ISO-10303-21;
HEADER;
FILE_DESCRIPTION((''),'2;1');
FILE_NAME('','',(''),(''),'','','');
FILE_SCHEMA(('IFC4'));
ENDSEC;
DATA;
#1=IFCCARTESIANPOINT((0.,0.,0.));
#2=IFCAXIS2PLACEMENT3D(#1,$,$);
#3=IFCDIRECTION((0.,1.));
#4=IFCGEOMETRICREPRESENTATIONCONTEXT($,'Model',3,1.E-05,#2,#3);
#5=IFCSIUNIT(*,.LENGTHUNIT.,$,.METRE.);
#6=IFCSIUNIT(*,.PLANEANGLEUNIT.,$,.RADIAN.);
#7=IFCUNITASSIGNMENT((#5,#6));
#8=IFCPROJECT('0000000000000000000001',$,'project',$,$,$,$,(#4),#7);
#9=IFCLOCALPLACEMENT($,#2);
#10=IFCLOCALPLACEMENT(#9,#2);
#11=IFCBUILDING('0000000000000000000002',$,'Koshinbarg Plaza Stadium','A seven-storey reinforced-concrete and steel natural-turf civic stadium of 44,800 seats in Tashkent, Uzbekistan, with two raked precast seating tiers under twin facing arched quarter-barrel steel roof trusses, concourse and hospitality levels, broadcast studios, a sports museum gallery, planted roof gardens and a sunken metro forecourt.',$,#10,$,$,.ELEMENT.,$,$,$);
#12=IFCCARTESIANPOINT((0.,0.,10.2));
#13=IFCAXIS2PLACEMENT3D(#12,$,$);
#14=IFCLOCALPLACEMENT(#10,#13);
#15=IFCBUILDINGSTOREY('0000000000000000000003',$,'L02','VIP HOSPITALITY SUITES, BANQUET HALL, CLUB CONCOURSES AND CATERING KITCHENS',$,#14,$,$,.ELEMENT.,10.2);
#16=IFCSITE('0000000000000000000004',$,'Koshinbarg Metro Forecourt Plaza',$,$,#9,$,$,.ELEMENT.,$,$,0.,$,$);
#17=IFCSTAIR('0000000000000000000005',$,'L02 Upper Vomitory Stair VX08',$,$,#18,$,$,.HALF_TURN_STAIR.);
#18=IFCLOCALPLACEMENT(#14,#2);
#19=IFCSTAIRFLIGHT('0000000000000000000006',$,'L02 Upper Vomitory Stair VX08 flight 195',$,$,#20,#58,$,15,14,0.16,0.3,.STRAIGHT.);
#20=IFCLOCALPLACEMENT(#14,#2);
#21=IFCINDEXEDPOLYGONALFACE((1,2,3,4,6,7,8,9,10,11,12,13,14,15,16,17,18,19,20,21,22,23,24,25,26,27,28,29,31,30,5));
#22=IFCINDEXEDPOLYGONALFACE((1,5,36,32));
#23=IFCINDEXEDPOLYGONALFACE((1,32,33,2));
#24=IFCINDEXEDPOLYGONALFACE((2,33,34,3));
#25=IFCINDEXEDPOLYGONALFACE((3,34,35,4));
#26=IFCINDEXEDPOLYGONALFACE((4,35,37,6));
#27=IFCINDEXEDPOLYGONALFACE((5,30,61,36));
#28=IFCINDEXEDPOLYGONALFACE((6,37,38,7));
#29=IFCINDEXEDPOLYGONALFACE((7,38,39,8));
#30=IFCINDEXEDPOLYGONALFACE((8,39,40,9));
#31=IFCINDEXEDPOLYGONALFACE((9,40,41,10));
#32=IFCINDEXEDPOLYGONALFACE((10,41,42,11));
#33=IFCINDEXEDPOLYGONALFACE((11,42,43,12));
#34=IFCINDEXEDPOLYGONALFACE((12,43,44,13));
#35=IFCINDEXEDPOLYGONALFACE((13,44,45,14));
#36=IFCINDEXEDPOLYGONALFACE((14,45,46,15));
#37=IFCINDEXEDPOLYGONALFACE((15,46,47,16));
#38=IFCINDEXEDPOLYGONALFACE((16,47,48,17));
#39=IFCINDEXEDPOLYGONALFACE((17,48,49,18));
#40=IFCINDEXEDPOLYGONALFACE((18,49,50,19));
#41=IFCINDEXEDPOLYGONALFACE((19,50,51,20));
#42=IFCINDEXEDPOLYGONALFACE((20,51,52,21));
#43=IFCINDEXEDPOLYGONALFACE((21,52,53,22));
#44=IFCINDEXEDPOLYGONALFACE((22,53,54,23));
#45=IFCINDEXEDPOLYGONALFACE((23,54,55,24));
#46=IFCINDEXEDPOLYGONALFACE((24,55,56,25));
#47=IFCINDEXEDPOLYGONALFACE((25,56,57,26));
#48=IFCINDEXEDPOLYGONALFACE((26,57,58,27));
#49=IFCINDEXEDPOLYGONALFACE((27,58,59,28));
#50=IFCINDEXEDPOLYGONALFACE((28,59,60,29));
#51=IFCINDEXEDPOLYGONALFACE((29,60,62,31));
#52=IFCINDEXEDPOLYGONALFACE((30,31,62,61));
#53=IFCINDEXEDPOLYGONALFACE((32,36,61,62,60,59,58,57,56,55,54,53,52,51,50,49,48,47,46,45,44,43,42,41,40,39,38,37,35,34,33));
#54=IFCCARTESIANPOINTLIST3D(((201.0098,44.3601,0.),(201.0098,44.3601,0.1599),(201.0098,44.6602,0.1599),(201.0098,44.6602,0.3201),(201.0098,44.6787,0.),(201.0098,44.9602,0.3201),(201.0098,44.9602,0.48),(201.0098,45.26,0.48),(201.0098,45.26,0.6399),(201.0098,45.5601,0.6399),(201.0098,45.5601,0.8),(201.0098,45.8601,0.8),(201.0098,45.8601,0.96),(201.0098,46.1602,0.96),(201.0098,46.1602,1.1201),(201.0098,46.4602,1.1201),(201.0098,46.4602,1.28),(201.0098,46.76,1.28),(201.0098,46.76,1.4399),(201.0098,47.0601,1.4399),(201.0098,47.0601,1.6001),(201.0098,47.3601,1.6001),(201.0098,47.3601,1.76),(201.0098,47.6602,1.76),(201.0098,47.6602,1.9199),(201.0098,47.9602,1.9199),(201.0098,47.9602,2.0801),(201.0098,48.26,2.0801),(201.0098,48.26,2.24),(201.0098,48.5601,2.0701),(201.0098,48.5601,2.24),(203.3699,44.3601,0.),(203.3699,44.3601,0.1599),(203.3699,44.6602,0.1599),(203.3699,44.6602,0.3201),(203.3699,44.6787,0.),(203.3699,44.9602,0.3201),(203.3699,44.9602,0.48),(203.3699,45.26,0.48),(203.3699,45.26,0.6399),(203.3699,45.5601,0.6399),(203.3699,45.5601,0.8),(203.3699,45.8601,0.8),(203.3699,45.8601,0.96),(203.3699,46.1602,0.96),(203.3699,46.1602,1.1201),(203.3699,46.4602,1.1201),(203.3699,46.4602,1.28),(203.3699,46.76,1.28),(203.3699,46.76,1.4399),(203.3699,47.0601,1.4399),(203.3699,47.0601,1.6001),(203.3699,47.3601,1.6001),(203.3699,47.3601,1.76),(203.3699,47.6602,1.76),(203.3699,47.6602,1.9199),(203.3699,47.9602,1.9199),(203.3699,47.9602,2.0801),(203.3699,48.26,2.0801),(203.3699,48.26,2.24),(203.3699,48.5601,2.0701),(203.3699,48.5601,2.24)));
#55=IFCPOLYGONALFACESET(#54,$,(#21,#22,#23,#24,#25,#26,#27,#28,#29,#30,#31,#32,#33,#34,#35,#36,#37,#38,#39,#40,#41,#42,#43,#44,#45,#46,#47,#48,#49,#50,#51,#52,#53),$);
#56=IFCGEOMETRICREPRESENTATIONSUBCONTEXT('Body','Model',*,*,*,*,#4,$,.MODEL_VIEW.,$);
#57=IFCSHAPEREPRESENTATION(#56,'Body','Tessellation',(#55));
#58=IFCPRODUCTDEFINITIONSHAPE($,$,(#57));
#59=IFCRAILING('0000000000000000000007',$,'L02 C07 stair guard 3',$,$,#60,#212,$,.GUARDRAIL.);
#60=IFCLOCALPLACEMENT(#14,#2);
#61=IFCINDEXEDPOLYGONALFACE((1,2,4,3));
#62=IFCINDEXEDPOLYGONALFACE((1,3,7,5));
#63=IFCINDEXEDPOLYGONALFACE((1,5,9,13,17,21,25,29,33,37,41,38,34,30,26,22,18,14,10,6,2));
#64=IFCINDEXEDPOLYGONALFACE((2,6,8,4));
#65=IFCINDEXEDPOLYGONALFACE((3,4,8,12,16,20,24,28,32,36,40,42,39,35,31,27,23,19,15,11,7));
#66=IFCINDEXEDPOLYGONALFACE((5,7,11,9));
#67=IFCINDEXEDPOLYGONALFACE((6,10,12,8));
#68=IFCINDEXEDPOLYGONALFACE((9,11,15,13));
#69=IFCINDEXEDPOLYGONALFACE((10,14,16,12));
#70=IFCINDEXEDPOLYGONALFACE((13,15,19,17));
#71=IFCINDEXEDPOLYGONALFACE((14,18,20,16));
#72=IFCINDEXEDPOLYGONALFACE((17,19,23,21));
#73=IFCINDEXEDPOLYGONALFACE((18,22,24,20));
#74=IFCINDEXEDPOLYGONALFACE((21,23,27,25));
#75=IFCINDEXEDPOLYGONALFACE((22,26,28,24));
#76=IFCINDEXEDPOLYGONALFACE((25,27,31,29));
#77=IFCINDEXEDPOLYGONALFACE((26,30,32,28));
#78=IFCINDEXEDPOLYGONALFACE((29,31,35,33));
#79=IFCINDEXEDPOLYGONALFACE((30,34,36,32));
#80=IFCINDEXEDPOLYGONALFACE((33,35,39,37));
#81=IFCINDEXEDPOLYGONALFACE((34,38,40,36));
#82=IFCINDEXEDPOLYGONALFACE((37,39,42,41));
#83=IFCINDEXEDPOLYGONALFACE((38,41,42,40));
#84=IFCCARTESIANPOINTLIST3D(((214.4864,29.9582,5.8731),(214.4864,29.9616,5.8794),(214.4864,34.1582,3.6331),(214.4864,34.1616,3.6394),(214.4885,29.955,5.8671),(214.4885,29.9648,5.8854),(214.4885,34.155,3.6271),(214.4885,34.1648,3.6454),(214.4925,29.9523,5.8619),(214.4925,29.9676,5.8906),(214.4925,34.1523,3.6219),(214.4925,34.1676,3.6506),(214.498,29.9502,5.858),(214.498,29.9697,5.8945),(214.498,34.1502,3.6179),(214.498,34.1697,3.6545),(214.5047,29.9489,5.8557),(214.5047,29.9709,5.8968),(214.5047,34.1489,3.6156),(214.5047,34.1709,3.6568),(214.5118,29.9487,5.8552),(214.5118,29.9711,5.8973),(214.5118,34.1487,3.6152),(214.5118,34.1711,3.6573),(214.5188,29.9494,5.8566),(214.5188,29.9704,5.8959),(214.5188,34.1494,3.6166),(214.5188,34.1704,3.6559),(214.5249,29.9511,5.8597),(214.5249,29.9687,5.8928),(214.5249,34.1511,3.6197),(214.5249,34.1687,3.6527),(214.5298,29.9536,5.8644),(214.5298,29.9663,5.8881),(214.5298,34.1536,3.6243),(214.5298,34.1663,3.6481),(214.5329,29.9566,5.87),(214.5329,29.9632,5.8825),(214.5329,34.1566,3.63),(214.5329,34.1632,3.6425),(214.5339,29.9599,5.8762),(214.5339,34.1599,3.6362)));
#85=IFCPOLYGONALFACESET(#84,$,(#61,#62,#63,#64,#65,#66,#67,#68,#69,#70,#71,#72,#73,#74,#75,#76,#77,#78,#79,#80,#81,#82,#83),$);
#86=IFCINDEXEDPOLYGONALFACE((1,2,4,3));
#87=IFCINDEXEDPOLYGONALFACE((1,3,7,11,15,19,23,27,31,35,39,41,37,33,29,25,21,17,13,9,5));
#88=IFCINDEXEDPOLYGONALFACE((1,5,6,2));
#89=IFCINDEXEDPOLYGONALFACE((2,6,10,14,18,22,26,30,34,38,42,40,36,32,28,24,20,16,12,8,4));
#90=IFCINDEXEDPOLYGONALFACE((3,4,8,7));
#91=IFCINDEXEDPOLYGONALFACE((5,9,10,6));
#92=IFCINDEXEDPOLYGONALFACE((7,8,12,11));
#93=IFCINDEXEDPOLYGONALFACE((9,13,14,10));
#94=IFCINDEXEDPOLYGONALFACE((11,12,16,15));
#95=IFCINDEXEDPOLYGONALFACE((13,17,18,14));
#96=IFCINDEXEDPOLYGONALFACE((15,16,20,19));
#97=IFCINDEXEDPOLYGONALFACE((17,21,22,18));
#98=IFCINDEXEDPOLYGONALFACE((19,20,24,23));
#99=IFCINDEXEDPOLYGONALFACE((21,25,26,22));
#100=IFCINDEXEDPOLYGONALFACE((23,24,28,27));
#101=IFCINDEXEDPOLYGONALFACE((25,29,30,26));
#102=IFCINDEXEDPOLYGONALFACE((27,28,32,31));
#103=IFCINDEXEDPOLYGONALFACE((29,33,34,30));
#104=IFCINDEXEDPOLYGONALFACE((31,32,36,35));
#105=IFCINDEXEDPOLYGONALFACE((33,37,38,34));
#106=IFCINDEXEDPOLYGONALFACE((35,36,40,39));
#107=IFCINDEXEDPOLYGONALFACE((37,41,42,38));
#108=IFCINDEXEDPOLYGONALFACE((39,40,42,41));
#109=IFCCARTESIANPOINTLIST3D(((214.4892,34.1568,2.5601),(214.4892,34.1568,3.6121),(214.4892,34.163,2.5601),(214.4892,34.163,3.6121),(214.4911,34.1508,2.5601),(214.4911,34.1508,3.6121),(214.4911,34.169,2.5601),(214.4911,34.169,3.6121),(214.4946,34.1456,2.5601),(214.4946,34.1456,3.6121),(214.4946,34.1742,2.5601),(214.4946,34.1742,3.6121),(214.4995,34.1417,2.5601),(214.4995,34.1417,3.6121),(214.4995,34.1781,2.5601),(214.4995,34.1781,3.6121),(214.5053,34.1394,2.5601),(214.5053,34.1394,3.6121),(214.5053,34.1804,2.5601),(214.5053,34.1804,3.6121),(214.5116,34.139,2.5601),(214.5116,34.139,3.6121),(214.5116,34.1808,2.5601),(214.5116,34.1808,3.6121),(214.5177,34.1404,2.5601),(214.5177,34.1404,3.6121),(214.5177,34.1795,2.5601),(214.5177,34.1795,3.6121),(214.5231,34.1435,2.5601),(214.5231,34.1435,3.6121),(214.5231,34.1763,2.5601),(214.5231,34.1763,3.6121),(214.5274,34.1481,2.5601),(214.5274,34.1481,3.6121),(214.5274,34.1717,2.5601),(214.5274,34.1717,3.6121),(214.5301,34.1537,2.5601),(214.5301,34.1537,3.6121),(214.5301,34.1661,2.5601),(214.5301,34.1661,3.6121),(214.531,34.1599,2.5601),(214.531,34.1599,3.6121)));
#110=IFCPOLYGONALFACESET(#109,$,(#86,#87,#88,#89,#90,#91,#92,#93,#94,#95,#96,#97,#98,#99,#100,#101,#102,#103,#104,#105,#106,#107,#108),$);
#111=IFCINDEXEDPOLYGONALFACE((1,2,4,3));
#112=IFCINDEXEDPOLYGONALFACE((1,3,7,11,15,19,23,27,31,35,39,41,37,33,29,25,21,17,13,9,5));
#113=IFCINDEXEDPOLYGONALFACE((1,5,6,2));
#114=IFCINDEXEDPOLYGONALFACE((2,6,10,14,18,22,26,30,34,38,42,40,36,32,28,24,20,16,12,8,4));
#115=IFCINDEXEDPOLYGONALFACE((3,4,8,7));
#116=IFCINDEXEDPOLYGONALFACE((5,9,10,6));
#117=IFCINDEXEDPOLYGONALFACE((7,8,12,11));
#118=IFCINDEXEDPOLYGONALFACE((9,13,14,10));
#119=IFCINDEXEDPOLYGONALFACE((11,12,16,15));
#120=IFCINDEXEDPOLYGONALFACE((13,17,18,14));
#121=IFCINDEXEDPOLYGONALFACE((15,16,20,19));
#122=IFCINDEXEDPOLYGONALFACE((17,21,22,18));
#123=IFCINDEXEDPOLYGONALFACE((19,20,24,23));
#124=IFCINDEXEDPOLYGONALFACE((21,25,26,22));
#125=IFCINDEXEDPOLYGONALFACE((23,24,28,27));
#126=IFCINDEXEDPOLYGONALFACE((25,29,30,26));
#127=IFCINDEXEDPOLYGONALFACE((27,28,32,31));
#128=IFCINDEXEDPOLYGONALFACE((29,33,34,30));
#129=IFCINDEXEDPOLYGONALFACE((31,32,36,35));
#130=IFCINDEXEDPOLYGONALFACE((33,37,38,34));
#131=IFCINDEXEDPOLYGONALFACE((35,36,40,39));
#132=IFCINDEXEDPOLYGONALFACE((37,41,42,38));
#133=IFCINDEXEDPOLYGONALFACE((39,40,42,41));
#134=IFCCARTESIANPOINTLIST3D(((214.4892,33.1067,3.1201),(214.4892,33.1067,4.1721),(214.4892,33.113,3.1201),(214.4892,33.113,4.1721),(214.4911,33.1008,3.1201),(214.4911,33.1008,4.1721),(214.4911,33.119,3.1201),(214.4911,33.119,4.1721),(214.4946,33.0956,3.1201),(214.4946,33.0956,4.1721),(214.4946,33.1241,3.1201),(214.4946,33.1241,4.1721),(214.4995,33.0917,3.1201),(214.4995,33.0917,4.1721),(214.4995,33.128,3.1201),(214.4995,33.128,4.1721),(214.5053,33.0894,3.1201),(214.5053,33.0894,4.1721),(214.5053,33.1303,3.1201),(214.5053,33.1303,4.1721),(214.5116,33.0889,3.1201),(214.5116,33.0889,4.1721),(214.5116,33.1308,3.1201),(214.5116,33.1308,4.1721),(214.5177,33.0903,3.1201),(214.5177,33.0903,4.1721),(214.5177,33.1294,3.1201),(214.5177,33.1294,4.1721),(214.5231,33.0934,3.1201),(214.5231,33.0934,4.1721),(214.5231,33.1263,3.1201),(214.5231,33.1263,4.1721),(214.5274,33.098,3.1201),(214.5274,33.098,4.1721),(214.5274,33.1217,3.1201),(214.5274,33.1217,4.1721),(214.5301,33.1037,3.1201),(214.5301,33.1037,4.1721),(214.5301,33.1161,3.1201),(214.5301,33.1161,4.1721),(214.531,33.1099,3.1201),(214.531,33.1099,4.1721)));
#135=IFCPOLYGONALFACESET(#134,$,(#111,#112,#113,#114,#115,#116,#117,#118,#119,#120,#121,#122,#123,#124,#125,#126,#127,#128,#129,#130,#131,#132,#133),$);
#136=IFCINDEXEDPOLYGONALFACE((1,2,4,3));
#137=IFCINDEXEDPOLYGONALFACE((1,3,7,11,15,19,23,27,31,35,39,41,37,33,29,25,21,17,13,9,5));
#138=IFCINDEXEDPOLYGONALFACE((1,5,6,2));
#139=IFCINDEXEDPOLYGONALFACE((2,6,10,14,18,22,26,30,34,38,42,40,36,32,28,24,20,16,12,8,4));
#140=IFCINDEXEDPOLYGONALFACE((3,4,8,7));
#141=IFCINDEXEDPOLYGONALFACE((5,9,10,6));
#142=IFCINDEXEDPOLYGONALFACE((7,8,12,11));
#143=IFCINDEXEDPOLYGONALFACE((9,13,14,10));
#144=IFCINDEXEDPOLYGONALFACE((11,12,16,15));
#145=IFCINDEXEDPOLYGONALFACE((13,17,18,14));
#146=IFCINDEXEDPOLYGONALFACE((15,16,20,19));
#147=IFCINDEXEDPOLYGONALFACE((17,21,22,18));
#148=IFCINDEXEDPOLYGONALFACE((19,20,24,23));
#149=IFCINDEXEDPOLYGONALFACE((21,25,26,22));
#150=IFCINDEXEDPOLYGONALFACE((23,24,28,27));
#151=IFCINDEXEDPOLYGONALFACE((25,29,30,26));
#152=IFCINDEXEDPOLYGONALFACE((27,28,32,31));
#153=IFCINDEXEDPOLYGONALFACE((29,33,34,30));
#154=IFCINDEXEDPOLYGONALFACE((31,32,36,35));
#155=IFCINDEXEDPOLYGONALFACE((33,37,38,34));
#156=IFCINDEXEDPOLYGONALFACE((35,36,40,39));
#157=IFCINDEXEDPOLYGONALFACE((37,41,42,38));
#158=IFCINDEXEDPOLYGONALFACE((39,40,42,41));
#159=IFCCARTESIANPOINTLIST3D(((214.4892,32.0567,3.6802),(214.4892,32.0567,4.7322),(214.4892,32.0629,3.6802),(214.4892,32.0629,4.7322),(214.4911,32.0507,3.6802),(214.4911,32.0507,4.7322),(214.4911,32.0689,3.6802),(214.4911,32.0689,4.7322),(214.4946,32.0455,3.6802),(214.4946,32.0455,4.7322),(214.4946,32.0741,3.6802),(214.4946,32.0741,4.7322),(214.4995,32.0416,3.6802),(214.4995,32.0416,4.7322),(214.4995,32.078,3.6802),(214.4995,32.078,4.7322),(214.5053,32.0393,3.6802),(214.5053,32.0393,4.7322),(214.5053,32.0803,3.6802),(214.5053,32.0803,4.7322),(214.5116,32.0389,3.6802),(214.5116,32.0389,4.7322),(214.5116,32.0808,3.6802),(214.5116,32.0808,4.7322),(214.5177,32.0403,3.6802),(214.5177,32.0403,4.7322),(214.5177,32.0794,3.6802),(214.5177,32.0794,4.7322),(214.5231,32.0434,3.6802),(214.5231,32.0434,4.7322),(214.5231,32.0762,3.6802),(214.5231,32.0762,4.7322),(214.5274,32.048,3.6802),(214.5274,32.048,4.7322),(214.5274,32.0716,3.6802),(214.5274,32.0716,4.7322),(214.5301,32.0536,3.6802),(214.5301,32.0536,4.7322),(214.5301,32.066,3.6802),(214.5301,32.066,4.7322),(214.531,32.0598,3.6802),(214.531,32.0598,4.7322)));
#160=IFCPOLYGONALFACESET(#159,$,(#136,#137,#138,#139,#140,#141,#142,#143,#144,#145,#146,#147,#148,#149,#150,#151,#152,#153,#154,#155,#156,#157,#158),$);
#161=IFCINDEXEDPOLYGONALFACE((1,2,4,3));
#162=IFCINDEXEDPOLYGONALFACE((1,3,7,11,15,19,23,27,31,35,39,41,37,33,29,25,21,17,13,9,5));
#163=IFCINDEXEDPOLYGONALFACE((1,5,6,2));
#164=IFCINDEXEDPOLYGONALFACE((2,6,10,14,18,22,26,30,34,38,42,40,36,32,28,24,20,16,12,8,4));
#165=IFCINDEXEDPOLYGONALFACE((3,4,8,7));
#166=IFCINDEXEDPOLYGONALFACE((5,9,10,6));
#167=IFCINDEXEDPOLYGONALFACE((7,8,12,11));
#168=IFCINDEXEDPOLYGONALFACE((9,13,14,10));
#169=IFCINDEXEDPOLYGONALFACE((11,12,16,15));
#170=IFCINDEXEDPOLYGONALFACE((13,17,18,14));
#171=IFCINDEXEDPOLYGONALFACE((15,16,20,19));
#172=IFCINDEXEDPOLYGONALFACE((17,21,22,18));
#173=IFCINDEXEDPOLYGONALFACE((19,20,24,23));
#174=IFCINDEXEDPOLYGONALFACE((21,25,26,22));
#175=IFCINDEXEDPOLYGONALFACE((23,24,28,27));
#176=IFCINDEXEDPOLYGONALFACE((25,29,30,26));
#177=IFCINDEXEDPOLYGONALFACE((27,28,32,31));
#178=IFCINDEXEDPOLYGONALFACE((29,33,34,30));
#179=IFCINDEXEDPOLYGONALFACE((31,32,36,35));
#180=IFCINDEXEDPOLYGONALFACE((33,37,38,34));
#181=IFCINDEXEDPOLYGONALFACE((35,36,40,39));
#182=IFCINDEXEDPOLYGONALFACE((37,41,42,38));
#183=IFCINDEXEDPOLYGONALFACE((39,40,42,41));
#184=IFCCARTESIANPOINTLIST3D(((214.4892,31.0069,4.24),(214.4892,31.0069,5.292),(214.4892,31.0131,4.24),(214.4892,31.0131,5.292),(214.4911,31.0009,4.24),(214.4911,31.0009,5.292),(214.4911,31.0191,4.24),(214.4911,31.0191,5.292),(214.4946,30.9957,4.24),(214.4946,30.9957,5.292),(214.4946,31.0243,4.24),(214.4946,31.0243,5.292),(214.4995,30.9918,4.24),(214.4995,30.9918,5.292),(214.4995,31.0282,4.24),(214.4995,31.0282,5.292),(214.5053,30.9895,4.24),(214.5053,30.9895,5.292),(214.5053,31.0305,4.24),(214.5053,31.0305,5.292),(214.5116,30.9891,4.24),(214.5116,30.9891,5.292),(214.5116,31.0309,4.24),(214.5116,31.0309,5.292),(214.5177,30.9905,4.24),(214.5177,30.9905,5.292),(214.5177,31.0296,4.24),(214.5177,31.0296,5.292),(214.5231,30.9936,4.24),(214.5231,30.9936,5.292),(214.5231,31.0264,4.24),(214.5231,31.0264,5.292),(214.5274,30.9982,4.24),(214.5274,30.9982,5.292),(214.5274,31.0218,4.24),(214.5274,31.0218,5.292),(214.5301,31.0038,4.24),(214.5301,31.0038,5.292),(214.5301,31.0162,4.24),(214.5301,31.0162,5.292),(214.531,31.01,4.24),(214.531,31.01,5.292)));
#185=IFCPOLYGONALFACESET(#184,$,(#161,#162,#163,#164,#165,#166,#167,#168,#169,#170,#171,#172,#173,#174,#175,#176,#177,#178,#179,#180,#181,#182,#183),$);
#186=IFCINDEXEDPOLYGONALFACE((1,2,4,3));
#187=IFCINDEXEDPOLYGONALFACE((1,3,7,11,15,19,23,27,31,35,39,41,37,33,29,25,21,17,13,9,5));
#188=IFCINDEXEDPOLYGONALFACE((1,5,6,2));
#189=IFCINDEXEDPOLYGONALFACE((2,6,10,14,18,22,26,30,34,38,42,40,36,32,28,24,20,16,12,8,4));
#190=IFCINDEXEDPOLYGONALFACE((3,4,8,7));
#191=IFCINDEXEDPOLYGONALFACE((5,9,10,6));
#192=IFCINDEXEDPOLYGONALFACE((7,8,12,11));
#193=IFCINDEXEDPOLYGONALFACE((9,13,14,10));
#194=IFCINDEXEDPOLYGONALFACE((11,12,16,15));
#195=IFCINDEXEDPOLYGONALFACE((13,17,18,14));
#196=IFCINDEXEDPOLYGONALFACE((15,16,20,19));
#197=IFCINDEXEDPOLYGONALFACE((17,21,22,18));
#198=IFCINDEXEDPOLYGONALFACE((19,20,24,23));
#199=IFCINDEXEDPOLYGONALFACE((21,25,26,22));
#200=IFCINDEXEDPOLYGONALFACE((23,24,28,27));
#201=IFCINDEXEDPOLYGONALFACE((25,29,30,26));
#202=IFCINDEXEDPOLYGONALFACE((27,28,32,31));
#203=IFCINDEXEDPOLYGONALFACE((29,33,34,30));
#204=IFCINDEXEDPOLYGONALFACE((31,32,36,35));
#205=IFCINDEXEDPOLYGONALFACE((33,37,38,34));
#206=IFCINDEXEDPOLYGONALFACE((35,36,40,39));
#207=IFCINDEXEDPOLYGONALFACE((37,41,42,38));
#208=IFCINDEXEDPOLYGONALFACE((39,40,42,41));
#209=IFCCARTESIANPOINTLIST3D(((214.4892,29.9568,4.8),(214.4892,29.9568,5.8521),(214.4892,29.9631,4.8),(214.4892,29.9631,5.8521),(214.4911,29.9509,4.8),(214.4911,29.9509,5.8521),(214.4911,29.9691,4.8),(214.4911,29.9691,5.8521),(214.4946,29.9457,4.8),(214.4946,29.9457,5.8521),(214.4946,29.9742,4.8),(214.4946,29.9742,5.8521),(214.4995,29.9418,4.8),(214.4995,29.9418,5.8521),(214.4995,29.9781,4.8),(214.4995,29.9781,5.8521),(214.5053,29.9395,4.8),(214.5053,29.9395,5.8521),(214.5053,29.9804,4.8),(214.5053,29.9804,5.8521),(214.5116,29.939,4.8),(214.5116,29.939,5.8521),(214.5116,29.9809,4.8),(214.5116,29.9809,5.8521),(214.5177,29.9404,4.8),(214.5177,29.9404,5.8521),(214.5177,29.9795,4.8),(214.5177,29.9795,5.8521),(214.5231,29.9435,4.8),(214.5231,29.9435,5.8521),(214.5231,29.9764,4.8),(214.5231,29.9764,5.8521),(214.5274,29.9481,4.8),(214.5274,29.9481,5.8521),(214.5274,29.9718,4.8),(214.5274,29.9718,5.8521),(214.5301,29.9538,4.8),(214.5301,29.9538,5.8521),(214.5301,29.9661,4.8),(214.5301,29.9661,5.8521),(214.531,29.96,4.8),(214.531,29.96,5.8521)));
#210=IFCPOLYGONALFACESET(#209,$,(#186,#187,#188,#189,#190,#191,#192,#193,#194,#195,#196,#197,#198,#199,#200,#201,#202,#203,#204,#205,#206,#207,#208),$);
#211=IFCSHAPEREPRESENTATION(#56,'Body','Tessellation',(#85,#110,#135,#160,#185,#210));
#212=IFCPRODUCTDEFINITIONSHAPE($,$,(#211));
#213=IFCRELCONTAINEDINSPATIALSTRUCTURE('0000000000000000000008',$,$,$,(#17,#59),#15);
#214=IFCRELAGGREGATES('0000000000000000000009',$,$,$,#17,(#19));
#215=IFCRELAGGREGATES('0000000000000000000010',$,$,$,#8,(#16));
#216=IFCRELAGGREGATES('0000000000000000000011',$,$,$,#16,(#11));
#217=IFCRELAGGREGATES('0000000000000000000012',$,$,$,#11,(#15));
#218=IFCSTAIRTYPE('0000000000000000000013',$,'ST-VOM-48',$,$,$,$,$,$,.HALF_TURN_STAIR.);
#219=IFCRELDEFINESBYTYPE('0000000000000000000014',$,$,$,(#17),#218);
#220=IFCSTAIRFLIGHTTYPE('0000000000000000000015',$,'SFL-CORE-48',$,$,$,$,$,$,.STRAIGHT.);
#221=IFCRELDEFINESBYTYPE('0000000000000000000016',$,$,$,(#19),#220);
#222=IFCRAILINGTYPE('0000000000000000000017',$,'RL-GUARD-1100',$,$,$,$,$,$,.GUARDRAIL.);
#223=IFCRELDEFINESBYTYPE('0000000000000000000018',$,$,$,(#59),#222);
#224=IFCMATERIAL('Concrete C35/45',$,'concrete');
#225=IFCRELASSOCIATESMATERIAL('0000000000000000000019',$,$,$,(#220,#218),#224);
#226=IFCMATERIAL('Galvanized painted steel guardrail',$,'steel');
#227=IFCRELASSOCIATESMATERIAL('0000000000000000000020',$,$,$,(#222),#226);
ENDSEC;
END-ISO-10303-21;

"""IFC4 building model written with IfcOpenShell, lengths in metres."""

from ifc_helpers import new_model, si_unit, direction, frame, origin, origin_2d, place, context, subcontext, project, spatial, polyline, circle, outline, extrude, material, type_object, element, aggregate, save


model = new_model("IFC4")

# Units and contexts
model_context = context("Model", 3, precision=1e-05, world=origin(), true_north=direction((0.0, 1.0)))
body_context = subcontext(model_context, "Body", "Model", "MODEL_VIEW")
ifc_project = project(units=[si_unit("LENGTHUNIT", "METRE"), si_unit("PLANEANGLEUNIT", "RADIAN")], contexts=[model_context])

# Site, building, storey
site_placement = place(None, origin())
site = spatial("IfcSite", under=ifc_project, at=site_placement, Name="Koshinbarg Metro Forecourt Plaza", CompositionType="ELEMENT", RefElevation=0.0)
building_placement = place(site_placement, origin())
building = spatial("IfcBuilding", under=site, at=building_placement, Name="Koshinbarg Plaza Stadium", Description="A seven-storey reinforced-concrete and steel natural-turf civic stadium of 44,800 seats in Tashkent, Uzbekistan, with two raked precast seating tiers under twin facing arched quarter-barrel steel roof trusses, concourse and hospitality levels, broadcast studios, a sports museum gallery, planted roof gardens and a sunken metro forecourt.", CompositionType="ELEMENT")
storey_placement = place(building_placement, frame((0.0, 0.0, 10.2)))
storey = spatial("IfcBuildingStorey", under=building, at=storey_placement, Name="L02", Description="VIP HOSPITALITY SUITES, BANQUET HALL, CLUB CONCOURSES AND CATERING KITCHENS", CompositionType="ELEMENT", Elevation=10.2)

# Stair, stair flight
ifc_material_1 = material(Name="Concrete C35/45", Category="concrete")
stair_flight_type = type_object("IfcStairFlightType", Name="SFL-CORE-48", PredefinedType="STRAIGHT", material=ifc_material_1)
stair_type_1 = type_object("IfcStairType", Name="ST-VOM-48", PredefinedType="HALF_TURN_STAIR", material=ifc_material_1)
stair_1_placement = place(storey_placement, origin())
stair_1 = element("IfcStair", 1, at=stair_1_placement, inside=storey, type_object=stair_type_1, Name="L02 Upper Vomitory Stair VX08", PredefinedType="HALF_TURN_STAIR")
stair_flight_1_placement = place(storey_placement, frame((202.1899, 44.3601, 0.0), z_axis=(0.0, 0.0, 1.0), x_axis=(0.0, 1.0, 0.0)))
stair_flight_1 = element("IfcStairFlight", 2, at=stair_flight_1_placement, type_object=stair_flight_type, Name="L02 Upper Vomitory Stair VX08 flight 195", NumberOfRisers=15, NumberOfTreads=14, PredefinedType="STRAIGHT", RiserHeight=0.16, TreadLength=0.3, context=body_context, shape_type="SweptSolid", body=[
    extrude(outline(polyline([(0.0, 0.0), (0.0, 0.1599), (0.3, 0.1599), (0.3, 0.3201), (0.6001, 0.3201), (0.6001, 0.48), (0.8999, 0.48), (0.8999, 0.6399), (1.2, 0.6399), (1.2, 0.8), (1.5, 0.8), (1.5, 0.96), (1.8, 0.96), (1.8, 1.1201), (2.1001, 1.1201), (2.1001, 1.28), (2.3999, 1.28), (2.3999, 1.4399), (2.7, 1.4399), (2.7, 1.6001), (3.0, 1.6001), (3.0, 1.76), (3.3, 1.76), (3.3, 1.9199), (3.6001, 1.9199), (3.6001, 2.0801), (3.8999, 2.0801), (3.8999, 2.24), (4.2, 2.24), (4.2, 2.3999), (4.2, 2.0701), (0.3186, 0.0), (0.0, 0.0)])), frame((0.0, 1.1802, 0.0), z_axis=(0.0, -1.0, 0.0), x_axis=(1.0, 0.0, 0.0)), (0.0, 0.0, 1.0), 2.3601),
])
aggregate(stair_1, [stair_flight_1])

# Railing
ifc_material_2 = material(Name="Galvanized painted steel guardrail", Category="steel")
railing_type_1 = type_object("IfcRailingType", Name="RL-GUARD-1100", PredefinedType="GUARDRAIL", material=ifc_material_2)
railing_1_placement = place(storey_placement, frame((214.51, 34.1599, 2.5601)))
element("IfcRailing", 3, at=railing_1_placement, inside=storey, type_object=railing_type_1, Name="L02 C07 stair guard 3", PredefinedType="GUARDRAIL", context=body_context, shape_type="SweptSolid", body=[
    extrude(circle(Radius=0.0239, at=origin_2d()), frame((0.0, 0.0, 1.0762), z_axis=(0.0, -0.882352, 0.470591), x_axis=(1.0, 0.0, 0.0)), (0.0, 0.0, 1.0), 4.76),
    extrude(circle(Radius=0.021, at=origin_2d()), origin(), (0.0, 0.0, 1.0), 1.052),
    extrude(circle(Radius=0.021, at=origin_2d()), frame((0.0, -1.05, 0.5601)), (0.0, 0.0, 1.0), 1.052),
    extrude(circle(Radius=0.021, at=origin_2d()), frame((0.0, -2.1001, 1.1201)), (0.0, 0.0, 1.0), 1.052),
    extrude(circle(Radius=0.021, at=origin_2d()), frame((0.0, -3.1499, 1.6799)), (0.0, 0.0, 1.0), 1.052),
    extrude(circle(Radius=0.021, at=origin_2d()), frame((0.0, -4.2, 2.24)), (0.0, 0.0, 1.0), 1.052),
])

save(model, "model.ifc")
